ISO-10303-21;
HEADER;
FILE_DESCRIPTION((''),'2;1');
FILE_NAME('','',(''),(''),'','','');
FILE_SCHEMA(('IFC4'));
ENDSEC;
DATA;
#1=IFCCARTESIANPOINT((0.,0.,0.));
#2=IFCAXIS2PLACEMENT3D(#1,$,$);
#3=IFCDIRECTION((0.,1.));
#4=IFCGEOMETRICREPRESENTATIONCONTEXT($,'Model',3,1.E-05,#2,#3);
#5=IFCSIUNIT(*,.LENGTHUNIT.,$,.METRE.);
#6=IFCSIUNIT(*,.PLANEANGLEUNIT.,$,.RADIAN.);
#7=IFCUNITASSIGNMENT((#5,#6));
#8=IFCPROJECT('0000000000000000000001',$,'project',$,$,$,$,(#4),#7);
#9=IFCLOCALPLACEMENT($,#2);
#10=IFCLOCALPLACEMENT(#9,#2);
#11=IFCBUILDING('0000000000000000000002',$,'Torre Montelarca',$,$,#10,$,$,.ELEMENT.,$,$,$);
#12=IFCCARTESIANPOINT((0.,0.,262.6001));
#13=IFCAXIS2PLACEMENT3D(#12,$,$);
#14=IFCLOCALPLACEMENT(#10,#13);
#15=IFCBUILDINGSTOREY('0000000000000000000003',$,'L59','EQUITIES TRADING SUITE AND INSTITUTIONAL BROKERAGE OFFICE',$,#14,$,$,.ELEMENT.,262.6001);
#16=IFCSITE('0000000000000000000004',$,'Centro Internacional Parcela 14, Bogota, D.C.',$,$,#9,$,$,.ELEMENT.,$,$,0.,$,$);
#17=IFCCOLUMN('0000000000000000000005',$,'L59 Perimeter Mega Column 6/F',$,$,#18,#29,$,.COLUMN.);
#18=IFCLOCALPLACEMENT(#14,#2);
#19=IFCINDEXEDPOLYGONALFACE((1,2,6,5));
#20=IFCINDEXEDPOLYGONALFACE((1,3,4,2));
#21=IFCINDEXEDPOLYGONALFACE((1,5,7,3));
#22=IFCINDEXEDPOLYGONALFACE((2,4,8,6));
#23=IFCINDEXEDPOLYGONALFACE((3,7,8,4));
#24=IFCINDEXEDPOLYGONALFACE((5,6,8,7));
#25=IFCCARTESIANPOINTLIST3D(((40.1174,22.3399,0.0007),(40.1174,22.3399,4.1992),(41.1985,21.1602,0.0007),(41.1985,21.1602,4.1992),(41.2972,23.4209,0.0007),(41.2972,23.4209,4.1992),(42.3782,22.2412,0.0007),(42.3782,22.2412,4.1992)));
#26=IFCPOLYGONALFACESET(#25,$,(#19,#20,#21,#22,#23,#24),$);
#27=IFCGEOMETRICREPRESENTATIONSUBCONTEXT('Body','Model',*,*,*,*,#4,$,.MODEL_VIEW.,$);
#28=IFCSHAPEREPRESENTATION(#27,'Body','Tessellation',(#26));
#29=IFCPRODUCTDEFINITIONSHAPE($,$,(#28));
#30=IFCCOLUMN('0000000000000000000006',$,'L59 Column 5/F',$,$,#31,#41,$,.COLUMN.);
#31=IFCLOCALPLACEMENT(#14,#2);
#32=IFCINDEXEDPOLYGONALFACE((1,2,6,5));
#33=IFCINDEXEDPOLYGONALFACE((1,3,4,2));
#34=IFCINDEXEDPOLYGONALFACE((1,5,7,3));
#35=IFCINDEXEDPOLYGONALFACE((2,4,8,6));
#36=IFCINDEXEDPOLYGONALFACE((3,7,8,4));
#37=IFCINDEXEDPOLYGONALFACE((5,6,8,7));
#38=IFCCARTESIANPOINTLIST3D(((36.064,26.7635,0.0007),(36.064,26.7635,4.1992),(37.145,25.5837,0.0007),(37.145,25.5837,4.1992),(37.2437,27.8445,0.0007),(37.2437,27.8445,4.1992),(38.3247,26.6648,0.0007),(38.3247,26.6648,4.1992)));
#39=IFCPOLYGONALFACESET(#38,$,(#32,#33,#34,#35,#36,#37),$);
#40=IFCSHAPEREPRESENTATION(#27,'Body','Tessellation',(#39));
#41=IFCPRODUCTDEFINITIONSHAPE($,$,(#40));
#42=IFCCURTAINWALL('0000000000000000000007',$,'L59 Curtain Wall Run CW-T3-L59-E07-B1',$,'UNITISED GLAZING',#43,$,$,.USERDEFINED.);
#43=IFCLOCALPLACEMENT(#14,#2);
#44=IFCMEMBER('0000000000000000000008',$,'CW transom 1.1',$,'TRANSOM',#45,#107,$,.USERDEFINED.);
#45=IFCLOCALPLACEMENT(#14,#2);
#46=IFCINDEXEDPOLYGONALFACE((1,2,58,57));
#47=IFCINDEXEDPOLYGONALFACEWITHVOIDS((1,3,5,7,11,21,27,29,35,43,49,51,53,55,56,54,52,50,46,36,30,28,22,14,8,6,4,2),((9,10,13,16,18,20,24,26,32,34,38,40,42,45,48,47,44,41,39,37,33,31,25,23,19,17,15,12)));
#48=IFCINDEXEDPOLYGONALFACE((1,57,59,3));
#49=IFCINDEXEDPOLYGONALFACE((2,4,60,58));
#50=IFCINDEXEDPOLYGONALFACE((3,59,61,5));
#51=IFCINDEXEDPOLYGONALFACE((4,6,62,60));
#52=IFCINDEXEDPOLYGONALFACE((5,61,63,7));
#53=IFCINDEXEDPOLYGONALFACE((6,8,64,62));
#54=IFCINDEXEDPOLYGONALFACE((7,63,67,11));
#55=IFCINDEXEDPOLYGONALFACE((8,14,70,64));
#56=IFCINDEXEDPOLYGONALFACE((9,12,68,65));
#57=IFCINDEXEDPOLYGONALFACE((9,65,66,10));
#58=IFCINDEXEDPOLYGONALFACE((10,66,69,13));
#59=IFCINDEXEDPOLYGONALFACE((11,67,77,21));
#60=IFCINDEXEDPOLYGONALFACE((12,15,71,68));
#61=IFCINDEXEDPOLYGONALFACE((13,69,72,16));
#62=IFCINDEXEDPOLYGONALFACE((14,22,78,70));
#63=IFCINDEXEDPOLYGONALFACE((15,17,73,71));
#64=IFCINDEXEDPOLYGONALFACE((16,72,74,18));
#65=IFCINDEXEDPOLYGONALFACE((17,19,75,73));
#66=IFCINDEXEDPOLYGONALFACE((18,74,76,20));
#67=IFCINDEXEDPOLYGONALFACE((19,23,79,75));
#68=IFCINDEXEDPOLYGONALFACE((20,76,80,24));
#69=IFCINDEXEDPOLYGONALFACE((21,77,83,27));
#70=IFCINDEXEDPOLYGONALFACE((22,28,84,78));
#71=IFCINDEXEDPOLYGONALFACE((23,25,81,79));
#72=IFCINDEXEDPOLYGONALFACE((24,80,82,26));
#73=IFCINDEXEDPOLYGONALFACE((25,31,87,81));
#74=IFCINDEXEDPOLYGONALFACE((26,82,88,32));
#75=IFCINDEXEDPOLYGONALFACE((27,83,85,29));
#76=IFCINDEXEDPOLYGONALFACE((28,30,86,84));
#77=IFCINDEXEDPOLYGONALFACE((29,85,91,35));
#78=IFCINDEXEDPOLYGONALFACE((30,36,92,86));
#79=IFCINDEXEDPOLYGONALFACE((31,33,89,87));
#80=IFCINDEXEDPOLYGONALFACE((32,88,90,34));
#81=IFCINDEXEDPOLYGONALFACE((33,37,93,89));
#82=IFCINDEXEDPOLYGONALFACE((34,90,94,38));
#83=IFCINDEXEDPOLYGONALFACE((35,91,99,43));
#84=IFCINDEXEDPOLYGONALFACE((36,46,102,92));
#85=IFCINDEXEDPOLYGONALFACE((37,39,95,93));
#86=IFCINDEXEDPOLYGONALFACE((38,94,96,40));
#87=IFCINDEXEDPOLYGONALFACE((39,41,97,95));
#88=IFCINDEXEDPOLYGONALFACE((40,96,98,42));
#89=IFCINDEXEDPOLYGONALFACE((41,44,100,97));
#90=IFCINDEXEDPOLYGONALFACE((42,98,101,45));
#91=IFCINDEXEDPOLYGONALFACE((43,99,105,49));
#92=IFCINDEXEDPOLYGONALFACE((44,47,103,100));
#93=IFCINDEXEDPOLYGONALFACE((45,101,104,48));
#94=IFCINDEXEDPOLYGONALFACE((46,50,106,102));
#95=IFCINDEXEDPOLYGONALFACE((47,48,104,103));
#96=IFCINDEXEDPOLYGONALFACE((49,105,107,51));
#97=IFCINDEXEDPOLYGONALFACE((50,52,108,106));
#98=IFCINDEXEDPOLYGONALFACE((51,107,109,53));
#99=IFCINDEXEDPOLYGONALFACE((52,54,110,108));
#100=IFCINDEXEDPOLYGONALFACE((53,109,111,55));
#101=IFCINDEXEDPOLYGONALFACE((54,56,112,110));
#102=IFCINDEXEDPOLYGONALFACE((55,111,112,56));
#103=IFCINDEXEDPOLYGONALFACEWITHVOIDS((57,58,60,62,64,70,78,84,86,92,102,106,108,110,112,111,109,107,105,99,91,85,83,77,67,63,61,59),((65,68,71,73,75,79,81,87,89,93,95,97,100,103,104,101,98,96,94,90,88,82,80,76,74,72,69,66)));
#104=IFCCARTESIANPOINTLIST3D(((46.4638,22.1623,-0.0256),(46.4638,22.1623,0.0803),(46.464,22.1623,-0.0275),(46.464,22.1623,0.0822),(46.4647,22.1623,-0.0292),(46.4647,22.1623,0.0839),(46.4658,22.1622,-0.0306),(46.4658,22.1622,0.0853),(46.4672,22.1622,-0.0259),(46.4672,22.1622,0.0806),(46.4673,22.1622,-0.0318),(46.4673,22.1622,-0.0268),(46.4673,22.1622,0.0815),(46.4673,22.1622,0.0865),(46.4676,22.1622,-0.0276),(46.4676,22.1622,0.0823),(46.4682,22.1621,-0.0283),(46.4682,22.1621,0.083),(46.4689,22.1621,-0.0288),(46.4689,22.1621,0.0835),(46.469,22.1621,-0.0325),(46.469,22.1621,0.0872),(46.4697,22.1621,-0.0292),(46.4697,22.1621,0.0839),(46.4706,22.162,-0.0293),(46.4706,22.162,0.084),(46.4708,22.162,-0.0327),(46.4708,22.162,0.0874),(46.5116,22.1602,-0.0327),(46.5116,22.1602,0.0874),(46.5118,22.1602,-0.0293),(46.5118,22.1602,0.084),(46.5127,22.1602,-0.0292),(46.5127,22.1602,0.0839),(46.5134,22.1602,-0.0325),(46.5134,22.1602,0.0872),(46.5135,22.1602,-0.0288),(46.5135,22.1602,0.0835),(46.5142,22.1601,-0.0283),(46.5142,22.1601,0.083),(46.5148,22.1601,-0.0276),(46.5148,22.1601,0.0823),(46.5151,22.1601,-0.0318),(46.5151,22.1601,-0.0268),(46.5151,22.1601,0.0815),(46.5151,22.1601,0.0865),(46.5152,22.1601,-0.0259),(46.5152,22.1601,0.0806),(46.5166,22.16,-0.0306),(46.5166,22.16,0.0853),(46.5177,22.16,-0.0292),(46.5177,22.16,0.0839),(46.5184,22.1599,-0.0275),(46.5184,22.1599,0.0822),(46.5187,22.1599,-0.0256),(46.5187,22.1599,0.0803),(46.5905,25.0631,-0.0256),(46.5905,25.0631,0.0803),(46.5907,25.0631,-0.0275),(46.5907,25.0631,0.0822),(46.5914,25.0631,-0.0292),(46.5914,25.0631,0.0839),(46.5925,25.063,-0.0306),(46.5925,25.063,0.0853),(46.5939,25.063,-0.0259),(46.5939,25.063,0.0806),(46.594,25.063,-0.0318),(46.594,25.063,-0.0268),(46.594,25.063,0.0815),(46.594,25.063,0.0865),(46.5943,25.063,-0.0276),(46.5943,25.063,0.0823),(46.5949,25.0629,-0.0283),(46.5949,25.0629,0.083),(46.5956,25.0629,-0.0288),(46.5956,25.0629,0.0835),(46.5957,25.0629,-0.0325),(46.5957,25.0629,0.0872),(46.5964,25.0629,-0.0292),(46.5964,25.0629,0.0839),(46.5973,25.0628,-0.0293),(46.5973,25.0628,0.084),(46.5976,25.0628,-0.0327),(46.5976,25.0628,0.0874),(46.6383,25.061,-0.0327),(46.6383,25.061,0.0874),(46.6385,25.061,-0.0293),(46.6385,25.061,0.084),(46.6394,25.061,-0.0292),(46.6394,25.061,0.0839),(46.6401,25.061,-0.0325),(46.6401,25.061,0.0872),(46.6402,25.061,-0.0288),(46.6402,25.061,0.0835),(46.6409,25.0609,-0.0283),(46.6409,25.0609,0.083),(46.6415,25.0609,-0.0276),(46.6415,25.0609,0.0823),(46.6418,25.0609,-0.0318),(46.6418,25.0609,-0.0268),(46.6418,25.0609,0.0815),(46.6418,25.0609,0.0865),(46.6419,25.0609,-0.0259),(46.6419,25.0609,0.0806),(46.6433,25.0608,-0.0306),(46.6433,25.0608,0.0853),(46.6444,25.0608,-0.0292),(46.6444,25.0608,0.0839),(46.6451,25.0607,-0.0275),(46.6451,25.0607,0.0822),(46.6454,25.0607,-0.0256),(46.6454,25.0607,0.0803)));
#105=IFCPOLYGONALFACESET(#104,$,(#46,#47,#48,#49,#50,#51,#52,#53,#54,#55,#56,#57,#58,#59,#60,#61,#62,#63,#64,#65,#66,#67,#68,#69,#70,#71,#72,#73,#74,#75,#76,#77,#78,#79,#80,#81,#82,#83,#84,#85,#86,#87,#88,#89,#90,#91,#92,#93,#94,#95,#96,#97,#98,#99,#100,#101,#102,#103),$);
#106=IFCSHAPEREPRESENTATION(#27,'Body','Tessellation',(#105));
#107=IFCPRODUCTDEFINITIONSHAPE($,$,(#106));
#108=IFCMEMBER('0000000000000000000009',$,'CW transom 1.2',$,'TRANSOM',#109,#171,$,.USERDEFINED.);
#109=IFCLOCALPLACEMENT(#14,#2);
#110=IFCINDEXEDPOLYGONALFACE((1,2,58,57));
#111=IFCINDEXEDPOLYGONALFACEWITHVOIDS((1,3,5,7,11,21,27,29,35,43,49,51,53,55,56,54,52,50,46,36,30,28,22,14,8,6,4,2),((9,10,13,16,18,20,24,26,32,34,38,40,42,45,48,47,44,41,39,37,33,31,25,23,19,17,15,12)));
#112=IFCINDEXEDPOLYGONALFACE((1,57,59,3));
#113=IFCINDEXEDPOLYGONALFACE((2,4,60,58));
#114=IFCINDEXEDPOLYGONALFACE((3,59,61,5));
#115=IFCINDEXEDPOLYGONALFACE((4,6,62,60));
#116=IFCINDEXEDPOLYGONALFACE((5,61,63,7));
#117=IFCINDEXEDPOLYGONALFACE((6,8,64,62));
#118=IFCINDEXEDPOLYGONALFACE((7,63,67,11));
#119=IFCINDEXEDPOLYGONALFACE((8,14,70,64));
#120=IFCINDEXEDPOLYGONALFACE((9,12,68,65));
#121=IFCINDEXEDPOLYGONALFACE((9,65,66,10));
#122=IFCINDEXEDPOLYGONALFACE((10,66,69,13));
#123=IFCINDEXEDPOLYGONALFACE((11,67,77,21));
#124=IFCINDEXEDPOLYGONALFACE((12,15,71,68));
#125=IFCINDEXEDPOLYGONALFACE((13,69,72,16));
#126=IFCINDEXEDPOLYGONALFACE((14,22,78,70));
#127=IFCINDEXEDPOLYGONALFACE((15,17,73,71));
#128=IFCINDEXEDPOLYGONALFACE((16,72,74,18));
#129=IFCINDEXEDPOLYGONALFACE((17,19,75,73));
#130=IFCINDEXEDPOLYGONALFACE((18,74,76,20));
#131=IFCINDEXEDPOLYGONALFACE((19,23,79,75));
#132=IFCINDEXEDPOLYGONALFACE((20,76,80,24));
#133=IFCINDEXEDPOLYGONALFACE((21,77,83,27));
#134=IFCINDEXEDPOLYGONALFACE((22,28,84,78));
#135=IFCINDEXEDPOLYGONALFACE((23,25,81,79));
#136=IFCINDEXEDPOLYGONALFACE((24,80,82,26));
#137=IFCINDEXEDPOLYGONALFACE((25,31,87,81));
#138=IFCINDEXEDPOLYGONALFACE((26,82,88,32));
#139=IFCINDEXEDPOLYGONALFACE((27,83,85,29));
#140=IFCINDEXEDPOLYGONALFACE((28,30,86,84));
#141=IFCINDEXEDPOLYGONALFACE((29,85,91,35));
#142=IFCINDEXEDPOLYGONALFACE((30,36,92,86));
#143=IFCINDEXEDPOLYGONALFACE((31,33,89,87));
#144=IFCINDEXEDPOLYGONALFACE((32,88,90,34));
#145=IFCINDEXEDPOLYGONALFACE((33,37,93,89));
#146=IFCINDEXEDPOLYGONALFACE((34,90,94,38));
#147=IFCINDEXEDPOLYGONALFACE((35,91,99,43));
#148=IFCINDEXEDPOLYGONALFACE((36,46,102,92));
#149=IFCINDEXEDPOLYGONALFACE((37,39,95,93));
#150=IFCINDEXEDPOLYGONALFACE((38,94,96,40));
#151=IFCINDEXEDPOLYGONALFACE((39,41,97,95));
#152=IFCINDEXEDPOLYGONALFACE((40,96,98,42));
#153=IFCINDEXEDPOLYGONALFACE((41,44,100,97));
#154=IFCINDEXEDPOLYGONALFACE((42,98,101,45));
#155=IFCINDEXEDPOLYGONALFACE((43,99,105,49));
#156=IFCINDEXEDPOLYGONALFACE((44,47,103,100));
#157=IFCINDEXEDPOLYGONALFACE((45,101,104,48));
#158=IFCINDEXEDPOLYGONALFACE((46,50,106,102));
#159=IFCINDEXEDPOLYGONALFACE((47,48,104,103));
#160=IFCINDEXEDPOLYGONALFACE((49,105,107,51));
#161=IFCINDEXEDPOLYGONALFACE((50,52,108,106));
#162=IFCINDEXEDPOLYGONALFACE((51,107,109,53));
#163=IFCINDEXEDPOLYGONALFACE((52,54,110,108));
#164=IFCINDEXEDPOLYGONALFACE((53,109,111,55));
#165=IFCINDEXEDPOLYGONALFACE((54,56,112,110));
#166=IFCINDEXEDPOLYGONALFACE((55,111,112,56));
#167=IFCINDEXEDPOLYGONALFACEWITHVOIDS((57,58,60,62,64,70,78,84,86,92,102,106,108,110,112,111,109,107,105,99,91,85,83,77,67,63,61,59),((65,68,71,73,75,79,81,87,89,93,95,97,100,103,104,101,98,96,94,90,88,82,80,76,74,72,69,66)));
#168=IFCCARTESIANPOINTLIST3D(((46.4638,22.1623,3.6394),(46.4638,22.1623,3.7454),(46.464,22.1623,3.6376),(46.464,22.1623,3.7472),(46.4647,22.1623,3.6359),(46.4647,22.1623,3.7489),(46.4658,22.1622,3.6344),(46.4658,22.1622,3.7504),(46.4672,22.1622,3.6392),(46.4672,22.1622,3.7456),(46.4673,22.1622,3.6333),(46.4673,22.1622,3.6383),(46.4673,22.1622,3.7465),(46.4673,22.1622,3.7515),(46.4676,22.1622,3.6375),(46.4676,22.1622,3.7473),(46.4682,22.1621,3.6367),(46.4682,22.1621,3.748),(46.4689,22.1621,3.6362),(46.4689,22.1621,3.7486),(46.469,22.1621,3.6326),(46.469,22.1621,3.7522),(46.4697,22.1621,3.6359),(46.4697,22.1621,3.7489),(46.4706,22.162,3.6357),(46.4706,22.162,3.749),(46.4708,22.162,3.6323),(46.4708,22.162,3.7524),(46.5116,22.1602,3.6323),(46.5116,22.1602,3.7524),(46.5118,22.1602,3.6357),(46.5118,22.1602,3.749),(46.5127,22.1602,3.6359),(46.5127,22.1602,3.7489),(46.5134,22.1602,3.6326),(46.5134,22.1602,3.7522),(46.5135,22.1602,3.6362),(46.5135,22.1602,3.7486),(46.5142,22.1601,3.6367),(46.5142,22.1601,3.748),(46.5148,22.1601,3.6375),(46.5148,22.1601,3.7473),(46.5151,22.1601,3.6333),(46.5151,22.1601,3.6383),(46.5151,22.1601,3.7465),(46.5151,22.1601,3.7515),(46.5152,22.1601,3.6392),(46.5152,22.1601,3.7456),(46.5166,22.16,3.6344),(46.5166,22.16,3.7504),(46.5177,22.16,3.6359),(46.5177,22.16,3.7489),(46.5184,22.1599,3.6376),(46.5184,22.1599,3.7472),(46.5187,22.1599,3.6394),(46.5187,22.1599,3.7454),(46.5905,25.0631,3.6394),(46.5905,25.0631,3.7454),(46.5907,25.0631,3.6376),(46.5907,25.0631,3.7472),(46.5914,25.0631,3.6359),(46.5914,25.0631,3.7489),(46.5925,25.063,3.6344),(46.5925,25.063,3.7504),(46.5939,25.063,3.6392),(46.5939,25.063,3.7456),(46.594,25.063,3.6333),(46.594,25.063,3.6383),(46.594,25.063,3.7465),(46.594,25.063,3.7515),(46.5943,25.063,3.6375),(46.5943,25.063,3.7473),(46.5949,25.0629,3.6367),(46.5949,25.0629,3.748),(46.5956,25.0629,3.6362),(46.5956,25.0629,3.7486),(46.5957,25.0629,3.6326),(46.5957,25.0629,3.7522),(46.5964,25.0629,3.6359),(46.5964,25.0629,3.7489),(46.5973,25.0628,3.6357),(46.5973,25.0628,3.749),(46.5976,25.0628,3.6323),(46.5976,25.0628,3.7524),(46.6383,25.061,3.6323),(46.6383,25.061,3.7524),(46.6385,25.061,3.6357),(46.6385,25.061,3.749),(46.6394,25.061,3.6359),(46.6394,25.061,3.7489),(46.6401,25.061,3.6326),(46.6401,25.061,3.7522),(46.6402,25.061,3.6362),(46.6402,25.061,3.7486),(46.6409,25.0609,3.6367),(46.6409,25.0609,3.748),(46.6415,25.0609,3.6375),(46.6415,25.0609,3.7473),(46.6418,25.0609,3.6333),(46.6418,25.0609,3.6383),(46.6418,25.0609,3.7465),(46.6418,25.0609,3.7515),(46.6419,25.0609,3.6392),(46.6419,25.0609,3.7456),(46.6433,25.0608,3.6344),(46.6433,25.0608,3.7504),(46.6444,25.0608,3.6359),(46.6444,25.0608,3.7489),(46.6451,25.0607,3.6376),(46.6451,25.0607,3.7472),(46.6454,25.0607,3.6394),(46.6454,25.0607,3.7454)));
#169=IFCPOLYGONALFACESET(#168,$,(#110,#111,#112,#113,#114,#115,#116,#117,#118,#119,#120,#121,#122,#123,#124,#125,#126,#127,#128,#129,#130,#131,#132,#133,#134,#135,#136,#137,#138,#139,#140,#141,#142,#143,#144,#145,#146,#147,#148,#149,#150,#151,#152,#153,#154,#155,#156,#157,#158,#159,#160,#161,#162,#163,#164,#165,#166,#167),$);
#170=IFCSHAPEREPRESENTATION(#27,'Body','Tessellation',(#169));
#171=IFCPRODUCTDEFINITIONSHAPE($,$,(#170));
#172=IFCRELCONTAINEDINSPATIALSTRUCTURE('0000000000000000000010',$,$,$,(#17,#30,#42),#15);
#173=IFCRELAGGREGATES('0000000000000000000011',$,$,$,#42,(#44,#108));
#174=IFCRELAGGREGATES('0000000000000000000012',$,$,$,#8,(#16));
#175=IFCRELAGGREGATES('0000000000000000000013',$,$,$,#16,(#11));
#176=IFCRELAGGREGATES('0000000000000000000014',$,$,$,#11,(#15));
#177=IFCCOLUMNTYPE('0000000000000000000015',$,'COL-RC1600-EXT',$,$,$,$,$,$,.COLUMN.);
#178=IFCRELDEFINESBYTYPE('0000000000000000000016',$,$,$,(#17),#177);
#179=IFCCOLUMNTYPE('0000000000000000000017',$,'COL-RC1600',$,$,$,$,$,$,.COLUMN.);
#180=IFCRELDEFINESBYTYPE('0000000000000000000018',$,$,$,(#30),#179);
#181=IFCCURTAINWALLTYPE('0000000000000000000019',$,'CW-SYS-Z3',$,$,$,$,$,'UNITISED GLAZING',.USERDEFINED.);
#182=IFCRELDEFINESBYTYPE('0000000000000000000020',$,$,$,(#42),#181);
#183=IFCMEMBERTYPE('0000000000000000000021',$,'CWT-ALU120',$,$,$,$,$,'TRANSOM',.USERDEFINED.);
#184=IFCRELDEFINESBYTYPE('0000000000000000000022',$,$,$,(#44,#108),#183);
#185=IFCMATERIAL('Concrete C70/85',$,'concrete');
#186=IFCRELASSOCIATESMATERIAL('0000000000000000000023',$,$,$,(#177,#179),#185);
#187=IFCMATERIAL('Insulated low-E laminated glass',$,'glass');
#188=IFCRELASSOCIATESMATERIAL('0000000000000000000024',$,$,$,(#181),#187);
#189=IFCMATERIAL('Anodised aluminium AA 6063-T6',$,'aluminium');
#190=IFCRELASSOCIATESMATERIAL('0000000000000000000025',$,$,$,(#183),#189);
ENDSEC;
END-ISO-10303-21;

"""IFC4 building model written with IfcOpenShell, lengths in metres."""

from ifc_helpers import new_model, si_unit, direction, frame, origin, origin_2d, place, context, subcontext, project, spatial, rectangle, hollow_rectangle, extrude, source, transform, mapped, material, material_profile, profile_set, type_object, element, aggregate, save


model = new_model("IFC4")

# Units and contexts
model_context = context("Model", 3, precision=1e-05, world=origin(), true_north=direction((0.0, 1.0)))
body_context = subcontext(model_context, "Body", "Model", "MODEL_VIEW")
ifc_project = project(units=[si_unit("LENGTHUNIT", "METRE"), si_unit("PLANEANGLEUNIT", "RADIAN")], contexts=[model_context])

# Site, building, storey
site_placement = place(None, origin())
site = spatial("IfcSite", under=ifc_project, at=site_placement, Name="Centro Internacional Parcela 14, Bogota, D.C.", CompositionType="ELEMENT", RefElevation=0.0)
building_placement = place(site_placement, origin())
building = spatial("IfcBuilding", under=site, at=building_placement, Name="Torre Montelarca", CompositionType="ELEMENT")
storey_placement = place(building_placement, frame((0.0, 0.0, 262.6001)))
storey = spatial("IfcBuildingStorey", under=building, at=storey_placement, Name="L59", Description="EQUITIES TRADING SUITE AND INSTITUTIONAL BROKERAGE OFFICE", CompositionType="ELEMENT", Elevation=262.6001)

# Columns
ifc_material_1 = material(Name="Concrete C70/85", Category="concrete")
ifc_material_profile_1 = material_profile(ifc_material_1, rectangle(XDim=1.6001, YDim=1.6001, at=origin_2d()), Name="RC1600X1600", Category="concrete")
ifc_profile_set_1 = profile_set([ifc_material_profile_1], Name="Concrete C70/85")
column_type_1 = type_object("IfcColumnType", Name="COL-RC1600-EXT", PredefinedType="COLUMN", material=ifc_profile_set_1)
shared_shape_1 = source(origin(), body_context, "Body", "SweptSolid", [
    extrude(rectangle(XDim=1.6001, YDim=1.6001, at=origin_2d()), origin(), (0.0, 0.0, 1.0), 4.1985),
])
column_1_placement = place(storey_placement, frame((41.2478, 22.2905, 0.0007), z_axis=(0.0, 0.0, 1.0), x_axis=(-0.67559, 0.737277, 0.0)))
element("IfcColumn", 1, at=column_1_placement, inside=storey, type_object=column_type_1, Name="L59 Perimeter Mega Column 6/F", PredefinedType="COLUMN", context=body_context, shape_type="MappedRepresentation", body=[
    mapped(shared_shape_1, transform((0.0, 0.0, 0.0), scale=1.0)),
])
ifc_material_profile_2 = material_profile(ifc_material_1, rectangle(XDim=1.6001, YDim=1.6001, at=origin_2d()), Name="RC1600X1600", Category="concrete")
ifc_profile_set_2 = profile_set([ifc_material_profile_2], Name="Concrete C70/85")
column_type_2 = type_object("IfcColumnType", Name="COL-RC1600", PredefinedType="COLUMN", material=ifc_profile_set_2)
shared_shape_2 = source(origin(), body_context, "Body", "SweptSolid", [
    extrude(rectangle(XDim=1.6001, YDim=1.6001, at=origin_2d()), origin(), (0.0, 0.0, 1.0), 4.1985),
])
column_2_placement = place(storey_placement, frame((37.1943, 26.7141, 0.0007), z_axis=(0.0, 0.0, 1.0), x_axis=(-0.67559, 0.737277, 0.0)))
element("IfcColumn", 2, at=column_2_placement, inside=storey, type_object=column_type_2, Name="L59 Column 5/F", PredefinedType="COLUMN", context=body_context, shape_type="MappedRepresentation", body=[
    mapped(shared_shape_2, transform((0.0, 0.0, 0.0), scale=1.0)),
])

# Curtain wall, members
ifc_material_2 = material(Name="Insulated low-E laminated glass", Category="glass")
curtain_wall_type = type_object("IfcCurtainWallType", Name="CW-SYS-Z3", ElementType="UNITISED GLAZING", PredefinedType="USERDEFINED", material=ifc_material_2)
curtain_wall_1_placement = place(storey_placement, origin())
curtain_wall_1 = element("IfcCurtainWall", 3, at=curtain_wall_1_placement, inside=storey, type_object=curtain_wall_type, Name="L59 Curtain Wall Run CW-T3-L59-E07-B1", ObjectType="UNITISED GLAZING", PredefinedType="USERDEFINED")
ifc_material_3 = material(Name="Anodised aluminium AA 6063-T6", Category="aluminium")
ifc_material_profile_3 = material_profile(ifc_material_3, hollow_rectangle(XDim=0.0549, YDim=0.1201, WallThickness=0.0034, InnerFilletRadius=0.0034, OuterFilletRadius=0.0071, at=origin_2d()), Name="ALU55X120X3.5", Category="aluminium")
ifc_profile_set_3 = profile_set([ifc_material_profile_3], Name="Anodised aluminium AA 6063-T6")
member_type_1 = type_object("IfcMemberType", Name="CWT-ALU120", ElementType="TRANSOM", PredefinedType="USERDEFINED", material=ifc_profile_set_3)
shared_shape_3 = source(origin(), body_context, "Body", "SweptSolid", [
    extrude(hollow_rectangle(XDim=0.0549, YDim=0.1201, WallThickness=0.0034, InnerFilletRadius=0.0034, OuterFilletRadius=0.0071, at=origin_2d()), origin(), (0.0, 0.0, 1.0), 2.9036),
])
member_1_placement = place(storey_placement, frame((46.4912, 22.1611, 0.0273), z_axis=(0.043638, 0.999047, 0.0), x_axis=(-0.999047, 0.043638, 0.0)))
member_1 = element("IfcMember", 4, at=member_1_placement, type_object=member_type_1, Name="CW transom 1.1", ObjectType="TRANSOM", PredefinedType="USERDEFINED", context=body_context, shape_type="MappedRepresentation", body=[
    mapped(shared_shape_3, transform((0.0, 0.0, 0.0), scale=1.0)),
])
member_2_placement = place(storey_placement, frame((46.4912, 22.1611, 3.6924), z_axis=(0.043638, 0.999047, 0.0), x_axis=(-0.999047, 0.043638, 0.0)))
member_2 = element("IfcMember", 5, at=member_2_placement, type_object=member_type_1, Name="CW transom 1.2", ObjectType="TRANSOM", PredefinedType="USERDEFINED", context=body_context, shape_type="MappedRepresentation", body=[
    mapped(shared_shape_3, transform((0.0, 0.0, 0.0), scale=1.0)),
])

aggregate(curtain_wall_1, [member_1, member_2])

save(model, "model.ifc")
